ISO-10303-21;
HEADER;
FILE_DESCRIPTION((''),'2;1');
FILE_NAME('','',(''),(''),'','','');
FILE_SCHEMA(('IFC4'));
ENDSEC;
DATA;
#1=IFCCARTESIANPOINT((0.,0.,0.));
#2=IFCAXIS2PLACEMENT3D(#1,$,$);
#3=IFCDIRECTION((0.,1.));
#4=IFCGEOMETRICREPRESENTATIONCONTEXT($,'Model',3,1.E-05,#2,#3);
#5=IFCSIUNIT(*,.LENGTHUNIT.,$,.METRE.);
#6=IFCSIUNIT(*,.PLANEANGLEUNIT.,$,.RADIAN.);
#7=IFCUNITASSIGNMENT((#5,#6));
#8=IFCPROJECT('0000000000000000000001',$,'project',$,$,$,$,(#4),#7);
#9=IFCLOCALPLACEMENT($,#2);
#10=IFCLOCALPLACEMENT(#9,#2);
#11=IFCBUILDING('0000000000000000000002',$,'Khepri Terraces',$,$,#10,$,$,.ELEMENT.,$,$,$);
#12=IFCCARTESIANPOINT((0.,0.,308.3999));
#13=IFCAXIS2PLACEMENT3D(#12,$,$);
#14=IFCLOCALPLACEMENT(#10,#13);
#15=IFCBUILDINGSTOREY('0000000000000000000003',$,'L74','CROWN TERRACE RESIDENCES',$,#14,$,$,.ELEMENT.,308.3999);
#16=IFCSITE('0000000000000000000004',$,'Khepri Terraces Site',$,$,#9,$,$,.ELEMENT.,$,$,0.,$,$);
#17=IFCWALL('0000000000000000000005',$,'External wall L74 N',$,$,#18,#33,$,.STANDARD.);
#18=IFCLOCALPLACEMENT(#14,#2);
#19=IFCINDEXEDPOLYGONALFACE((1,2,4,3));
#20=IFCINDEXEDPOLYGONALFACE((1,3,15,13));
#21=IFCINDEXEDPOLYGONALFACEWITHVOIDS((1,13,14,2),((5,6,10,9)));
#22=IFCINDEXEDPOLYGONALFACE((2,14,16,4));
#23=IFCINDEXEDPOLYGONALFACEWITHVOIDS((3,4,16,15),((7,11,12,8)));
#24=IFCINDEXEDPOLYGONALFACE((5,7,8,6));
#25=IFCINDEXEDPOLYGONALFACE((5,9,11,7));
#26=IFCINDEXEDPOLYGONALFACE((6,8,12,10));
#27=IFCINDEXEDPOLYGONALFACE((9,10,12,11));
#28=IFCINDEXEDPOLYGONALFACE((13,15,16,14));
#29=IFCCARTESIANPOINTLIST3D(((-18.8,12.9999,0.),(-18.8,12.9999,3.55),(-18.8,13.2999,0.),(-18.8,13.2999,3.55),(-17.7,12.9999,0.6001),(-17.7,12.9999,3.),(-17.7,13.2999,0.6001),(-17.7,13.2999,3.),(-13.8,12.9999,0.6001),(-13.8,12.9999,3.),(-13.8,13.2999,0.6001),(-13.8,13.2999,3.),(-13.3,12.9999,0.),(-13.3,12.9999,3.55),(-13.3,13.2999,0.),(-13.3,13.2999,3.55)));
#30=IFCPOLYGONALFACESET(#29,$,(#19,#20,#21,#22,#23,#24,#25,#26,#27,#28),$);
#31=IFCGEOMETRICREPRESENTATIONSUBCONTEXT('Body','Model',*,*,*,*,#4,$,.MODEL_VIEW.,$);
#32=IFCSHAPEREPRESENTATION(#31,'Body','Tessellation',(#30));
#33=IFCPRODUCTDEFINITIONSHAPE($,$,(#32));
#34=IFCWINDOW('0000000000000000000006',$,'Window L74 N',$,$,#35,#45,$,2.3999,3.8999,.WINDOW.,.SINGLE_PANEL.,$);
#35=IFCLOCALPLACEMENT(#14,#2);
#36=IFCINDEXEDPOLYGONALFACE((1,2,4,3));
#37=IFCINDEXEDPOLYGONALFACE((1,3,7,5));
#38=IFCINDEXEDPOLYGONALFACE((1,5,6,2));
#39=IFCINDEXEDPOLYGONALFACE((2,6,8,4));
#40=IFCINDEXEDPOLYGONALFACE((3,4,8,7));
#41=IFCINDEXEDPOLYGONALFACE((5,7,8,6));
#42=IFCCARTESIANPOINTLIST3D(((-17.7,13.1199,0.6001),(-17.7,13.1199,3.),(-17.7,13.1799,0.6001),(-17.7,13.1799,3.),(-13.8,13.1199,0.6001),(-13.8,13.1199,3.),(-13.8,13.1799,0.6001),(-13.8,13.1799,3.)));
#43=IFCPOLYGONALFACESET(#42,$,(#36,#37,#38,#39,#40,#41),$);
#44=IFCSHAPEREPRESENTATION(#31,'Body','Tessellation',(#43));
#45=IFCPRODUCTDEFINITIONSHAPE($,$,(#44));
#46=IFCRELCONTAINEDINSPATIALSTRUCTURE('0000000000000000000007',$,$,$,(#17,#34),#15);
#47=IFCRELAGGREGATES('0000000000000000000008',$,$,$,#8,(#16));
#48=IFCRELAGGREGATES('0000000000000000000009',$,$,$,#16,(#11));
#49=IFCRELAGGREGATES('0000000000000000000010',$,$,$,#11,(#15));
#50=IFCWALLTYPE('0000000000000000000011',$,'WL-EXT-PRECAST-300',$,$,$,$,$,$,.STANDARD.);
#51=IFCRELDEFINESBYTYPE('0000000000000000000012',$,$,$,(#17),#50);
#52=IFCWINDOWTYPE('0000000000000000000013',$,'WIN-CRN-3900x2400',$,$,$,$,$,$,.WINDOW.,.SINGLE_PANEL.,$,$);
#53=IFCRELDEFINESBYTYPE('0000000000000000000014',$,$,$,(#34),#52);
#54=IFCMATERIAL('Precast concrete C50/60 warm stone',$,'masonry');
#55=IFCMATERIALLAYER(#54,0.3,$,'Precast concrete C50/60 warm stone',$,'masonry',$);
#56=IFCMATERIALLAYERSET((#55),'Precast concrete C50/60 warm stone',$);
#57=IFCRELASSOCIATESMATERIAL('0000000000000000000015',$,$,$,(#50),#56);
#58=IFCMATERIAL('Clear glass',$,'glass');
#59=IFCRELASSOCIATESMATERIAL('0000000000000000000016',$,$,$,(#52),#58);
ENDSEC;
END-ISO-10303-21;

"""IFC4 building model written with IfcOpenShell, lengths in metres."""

from ifc_helpers import new_model, si_unit, direction, frame, frame_2d, origin, place, context, subcontext, project, spatial, rectangle, extrude, material, layer, layer_set, type_object, element, fill, save


model = new_model("IFC4")

# Units and contexts
model_context = context("Model", 3, precision=1e-05, world=origin(), true_north=direction((0.0, 1.0)))
body_context = subcontext(model_context, "Body", "Model", "MODEL_VIEW")
ifc_project = project(units=[si_unit("LENGTHUNIT", "METRE"), si_unit("PLANEANGLEUNIT", "RADIAN")], contexts=[model_context])

# Site, building, storey
site_placement = place(None, origin())
site = spatial("IfcSite", under=ifc_project, at=site_placement, Name="Khepri Terraces Site", CompositionType="ELEMENT", RefElevation=0.0)
building_placement = place(site_placement, origin())
building = spatial("IfcBuilding", under=site, at=building_placement, Name="Khepri Terraces", CompositionType="ELEMENT")
storey_placement = place(building_placement, frame((0.0, 0.0, 308.3999)))
storey = spatial("IfcBuildingStorey", under=building, at=storey_placement, Name="L74", Description="CROWN TERRACE RESIDENCES", CompositionType="ELEMENT", Elevation=308.3999)

# Wall, opening, window
ifc_material_1 = material(Name="Precast concrete C50/60 warm stone", Category="masonry")
ifc_layer_1 = layer(ifc_material_1, 0.3, Name="Precast concrete C50/60 warm stone", Category="masonry")
ifc_layer_set_1 = layer_set([ifc_layer_1], Name="Precast concrete C50/60 warm stone")
wall_type_1 = type_object("IfcWallType", Name="WL-EXT-PRECAST-300", PredefinedType="STANDARD", material=ifc_layer_set_1)
wall_1_placement = place(storey_placement, frame((-13.3, 13.1499, 0.0), z_axis=(0.0, 0.0, 1.0), x_axis=(-1.0, 0.0, 0.0)))
wall_1 = element("IfcWall", 1, at=wall_1_placement, inside=storey, type_object=wall_type_1, Name="External wall L74 N", PredefinedType="STANDARD", context=body_context, shape_type="SweptSolid", body=[
    extrude(rectangle(XDim=5.5, YDim=0.3, at=frame_2d((2.75, 0.0))), origin(), (0.0, 0.0, 1.0), 3.55),
])
opening_1_placement = place(wall_1_placement, frame((0.5, 0.0, 0.6001)))
opening_1 = element("IfcOpeningElement", 2, at=opening_1_placement, cuts=wall_1, PredefinedType="OPENING", context=body_context, shape_type="SweptSolid", body=[
    extrude(rectangle(XDim=3.8999, YDim=2.3999, at=frame_2d((1.95, 1.2))), frame((0.0, 0.1602, 0.0), z_axis=(0.0, -1.0, 0.0), x_axis=(1.0, 0.0, 0.0)), (0.0, 0.0, 1.0), 0.3201),
])
ifc_material_2 = material(Name="Clear glass", Category="glass")
window_type_1 = type_object("IfcWindowType", Name="WIN-CRN-3900x2400", PartitioningType="SINGLE_PANEL", PredefinedType="WINDOW", material=ifc_material_2)
window_1_placement = place(opening_1_placement, origin())
window_1 = element("IfcWindow", 3, at=window_1_placement, inside=storey, type_object=window_type_1, Name="Window L74 N", OverallHeight=2.3999, OverallWidth=3.8999, PartitioningType="SINGLE_PANEL", PredefinedType="WINDOW", context=body_context, shape_type="SweptSolid", body=[
    extrude(rectangle(XDim=3.8999, YDim=2.3999, at=frame_2d((1.95, 1.2))), frame((0.0, 0.03, 0.0), z_axis=(0.0, -1.0, 0.0), x_axis=(1.0, 0.0, 0.0)), (0.0, 0.0, 1.0), 0.0601),
])
fill(opening_1, window_1)

save(model, "model.ifc")
